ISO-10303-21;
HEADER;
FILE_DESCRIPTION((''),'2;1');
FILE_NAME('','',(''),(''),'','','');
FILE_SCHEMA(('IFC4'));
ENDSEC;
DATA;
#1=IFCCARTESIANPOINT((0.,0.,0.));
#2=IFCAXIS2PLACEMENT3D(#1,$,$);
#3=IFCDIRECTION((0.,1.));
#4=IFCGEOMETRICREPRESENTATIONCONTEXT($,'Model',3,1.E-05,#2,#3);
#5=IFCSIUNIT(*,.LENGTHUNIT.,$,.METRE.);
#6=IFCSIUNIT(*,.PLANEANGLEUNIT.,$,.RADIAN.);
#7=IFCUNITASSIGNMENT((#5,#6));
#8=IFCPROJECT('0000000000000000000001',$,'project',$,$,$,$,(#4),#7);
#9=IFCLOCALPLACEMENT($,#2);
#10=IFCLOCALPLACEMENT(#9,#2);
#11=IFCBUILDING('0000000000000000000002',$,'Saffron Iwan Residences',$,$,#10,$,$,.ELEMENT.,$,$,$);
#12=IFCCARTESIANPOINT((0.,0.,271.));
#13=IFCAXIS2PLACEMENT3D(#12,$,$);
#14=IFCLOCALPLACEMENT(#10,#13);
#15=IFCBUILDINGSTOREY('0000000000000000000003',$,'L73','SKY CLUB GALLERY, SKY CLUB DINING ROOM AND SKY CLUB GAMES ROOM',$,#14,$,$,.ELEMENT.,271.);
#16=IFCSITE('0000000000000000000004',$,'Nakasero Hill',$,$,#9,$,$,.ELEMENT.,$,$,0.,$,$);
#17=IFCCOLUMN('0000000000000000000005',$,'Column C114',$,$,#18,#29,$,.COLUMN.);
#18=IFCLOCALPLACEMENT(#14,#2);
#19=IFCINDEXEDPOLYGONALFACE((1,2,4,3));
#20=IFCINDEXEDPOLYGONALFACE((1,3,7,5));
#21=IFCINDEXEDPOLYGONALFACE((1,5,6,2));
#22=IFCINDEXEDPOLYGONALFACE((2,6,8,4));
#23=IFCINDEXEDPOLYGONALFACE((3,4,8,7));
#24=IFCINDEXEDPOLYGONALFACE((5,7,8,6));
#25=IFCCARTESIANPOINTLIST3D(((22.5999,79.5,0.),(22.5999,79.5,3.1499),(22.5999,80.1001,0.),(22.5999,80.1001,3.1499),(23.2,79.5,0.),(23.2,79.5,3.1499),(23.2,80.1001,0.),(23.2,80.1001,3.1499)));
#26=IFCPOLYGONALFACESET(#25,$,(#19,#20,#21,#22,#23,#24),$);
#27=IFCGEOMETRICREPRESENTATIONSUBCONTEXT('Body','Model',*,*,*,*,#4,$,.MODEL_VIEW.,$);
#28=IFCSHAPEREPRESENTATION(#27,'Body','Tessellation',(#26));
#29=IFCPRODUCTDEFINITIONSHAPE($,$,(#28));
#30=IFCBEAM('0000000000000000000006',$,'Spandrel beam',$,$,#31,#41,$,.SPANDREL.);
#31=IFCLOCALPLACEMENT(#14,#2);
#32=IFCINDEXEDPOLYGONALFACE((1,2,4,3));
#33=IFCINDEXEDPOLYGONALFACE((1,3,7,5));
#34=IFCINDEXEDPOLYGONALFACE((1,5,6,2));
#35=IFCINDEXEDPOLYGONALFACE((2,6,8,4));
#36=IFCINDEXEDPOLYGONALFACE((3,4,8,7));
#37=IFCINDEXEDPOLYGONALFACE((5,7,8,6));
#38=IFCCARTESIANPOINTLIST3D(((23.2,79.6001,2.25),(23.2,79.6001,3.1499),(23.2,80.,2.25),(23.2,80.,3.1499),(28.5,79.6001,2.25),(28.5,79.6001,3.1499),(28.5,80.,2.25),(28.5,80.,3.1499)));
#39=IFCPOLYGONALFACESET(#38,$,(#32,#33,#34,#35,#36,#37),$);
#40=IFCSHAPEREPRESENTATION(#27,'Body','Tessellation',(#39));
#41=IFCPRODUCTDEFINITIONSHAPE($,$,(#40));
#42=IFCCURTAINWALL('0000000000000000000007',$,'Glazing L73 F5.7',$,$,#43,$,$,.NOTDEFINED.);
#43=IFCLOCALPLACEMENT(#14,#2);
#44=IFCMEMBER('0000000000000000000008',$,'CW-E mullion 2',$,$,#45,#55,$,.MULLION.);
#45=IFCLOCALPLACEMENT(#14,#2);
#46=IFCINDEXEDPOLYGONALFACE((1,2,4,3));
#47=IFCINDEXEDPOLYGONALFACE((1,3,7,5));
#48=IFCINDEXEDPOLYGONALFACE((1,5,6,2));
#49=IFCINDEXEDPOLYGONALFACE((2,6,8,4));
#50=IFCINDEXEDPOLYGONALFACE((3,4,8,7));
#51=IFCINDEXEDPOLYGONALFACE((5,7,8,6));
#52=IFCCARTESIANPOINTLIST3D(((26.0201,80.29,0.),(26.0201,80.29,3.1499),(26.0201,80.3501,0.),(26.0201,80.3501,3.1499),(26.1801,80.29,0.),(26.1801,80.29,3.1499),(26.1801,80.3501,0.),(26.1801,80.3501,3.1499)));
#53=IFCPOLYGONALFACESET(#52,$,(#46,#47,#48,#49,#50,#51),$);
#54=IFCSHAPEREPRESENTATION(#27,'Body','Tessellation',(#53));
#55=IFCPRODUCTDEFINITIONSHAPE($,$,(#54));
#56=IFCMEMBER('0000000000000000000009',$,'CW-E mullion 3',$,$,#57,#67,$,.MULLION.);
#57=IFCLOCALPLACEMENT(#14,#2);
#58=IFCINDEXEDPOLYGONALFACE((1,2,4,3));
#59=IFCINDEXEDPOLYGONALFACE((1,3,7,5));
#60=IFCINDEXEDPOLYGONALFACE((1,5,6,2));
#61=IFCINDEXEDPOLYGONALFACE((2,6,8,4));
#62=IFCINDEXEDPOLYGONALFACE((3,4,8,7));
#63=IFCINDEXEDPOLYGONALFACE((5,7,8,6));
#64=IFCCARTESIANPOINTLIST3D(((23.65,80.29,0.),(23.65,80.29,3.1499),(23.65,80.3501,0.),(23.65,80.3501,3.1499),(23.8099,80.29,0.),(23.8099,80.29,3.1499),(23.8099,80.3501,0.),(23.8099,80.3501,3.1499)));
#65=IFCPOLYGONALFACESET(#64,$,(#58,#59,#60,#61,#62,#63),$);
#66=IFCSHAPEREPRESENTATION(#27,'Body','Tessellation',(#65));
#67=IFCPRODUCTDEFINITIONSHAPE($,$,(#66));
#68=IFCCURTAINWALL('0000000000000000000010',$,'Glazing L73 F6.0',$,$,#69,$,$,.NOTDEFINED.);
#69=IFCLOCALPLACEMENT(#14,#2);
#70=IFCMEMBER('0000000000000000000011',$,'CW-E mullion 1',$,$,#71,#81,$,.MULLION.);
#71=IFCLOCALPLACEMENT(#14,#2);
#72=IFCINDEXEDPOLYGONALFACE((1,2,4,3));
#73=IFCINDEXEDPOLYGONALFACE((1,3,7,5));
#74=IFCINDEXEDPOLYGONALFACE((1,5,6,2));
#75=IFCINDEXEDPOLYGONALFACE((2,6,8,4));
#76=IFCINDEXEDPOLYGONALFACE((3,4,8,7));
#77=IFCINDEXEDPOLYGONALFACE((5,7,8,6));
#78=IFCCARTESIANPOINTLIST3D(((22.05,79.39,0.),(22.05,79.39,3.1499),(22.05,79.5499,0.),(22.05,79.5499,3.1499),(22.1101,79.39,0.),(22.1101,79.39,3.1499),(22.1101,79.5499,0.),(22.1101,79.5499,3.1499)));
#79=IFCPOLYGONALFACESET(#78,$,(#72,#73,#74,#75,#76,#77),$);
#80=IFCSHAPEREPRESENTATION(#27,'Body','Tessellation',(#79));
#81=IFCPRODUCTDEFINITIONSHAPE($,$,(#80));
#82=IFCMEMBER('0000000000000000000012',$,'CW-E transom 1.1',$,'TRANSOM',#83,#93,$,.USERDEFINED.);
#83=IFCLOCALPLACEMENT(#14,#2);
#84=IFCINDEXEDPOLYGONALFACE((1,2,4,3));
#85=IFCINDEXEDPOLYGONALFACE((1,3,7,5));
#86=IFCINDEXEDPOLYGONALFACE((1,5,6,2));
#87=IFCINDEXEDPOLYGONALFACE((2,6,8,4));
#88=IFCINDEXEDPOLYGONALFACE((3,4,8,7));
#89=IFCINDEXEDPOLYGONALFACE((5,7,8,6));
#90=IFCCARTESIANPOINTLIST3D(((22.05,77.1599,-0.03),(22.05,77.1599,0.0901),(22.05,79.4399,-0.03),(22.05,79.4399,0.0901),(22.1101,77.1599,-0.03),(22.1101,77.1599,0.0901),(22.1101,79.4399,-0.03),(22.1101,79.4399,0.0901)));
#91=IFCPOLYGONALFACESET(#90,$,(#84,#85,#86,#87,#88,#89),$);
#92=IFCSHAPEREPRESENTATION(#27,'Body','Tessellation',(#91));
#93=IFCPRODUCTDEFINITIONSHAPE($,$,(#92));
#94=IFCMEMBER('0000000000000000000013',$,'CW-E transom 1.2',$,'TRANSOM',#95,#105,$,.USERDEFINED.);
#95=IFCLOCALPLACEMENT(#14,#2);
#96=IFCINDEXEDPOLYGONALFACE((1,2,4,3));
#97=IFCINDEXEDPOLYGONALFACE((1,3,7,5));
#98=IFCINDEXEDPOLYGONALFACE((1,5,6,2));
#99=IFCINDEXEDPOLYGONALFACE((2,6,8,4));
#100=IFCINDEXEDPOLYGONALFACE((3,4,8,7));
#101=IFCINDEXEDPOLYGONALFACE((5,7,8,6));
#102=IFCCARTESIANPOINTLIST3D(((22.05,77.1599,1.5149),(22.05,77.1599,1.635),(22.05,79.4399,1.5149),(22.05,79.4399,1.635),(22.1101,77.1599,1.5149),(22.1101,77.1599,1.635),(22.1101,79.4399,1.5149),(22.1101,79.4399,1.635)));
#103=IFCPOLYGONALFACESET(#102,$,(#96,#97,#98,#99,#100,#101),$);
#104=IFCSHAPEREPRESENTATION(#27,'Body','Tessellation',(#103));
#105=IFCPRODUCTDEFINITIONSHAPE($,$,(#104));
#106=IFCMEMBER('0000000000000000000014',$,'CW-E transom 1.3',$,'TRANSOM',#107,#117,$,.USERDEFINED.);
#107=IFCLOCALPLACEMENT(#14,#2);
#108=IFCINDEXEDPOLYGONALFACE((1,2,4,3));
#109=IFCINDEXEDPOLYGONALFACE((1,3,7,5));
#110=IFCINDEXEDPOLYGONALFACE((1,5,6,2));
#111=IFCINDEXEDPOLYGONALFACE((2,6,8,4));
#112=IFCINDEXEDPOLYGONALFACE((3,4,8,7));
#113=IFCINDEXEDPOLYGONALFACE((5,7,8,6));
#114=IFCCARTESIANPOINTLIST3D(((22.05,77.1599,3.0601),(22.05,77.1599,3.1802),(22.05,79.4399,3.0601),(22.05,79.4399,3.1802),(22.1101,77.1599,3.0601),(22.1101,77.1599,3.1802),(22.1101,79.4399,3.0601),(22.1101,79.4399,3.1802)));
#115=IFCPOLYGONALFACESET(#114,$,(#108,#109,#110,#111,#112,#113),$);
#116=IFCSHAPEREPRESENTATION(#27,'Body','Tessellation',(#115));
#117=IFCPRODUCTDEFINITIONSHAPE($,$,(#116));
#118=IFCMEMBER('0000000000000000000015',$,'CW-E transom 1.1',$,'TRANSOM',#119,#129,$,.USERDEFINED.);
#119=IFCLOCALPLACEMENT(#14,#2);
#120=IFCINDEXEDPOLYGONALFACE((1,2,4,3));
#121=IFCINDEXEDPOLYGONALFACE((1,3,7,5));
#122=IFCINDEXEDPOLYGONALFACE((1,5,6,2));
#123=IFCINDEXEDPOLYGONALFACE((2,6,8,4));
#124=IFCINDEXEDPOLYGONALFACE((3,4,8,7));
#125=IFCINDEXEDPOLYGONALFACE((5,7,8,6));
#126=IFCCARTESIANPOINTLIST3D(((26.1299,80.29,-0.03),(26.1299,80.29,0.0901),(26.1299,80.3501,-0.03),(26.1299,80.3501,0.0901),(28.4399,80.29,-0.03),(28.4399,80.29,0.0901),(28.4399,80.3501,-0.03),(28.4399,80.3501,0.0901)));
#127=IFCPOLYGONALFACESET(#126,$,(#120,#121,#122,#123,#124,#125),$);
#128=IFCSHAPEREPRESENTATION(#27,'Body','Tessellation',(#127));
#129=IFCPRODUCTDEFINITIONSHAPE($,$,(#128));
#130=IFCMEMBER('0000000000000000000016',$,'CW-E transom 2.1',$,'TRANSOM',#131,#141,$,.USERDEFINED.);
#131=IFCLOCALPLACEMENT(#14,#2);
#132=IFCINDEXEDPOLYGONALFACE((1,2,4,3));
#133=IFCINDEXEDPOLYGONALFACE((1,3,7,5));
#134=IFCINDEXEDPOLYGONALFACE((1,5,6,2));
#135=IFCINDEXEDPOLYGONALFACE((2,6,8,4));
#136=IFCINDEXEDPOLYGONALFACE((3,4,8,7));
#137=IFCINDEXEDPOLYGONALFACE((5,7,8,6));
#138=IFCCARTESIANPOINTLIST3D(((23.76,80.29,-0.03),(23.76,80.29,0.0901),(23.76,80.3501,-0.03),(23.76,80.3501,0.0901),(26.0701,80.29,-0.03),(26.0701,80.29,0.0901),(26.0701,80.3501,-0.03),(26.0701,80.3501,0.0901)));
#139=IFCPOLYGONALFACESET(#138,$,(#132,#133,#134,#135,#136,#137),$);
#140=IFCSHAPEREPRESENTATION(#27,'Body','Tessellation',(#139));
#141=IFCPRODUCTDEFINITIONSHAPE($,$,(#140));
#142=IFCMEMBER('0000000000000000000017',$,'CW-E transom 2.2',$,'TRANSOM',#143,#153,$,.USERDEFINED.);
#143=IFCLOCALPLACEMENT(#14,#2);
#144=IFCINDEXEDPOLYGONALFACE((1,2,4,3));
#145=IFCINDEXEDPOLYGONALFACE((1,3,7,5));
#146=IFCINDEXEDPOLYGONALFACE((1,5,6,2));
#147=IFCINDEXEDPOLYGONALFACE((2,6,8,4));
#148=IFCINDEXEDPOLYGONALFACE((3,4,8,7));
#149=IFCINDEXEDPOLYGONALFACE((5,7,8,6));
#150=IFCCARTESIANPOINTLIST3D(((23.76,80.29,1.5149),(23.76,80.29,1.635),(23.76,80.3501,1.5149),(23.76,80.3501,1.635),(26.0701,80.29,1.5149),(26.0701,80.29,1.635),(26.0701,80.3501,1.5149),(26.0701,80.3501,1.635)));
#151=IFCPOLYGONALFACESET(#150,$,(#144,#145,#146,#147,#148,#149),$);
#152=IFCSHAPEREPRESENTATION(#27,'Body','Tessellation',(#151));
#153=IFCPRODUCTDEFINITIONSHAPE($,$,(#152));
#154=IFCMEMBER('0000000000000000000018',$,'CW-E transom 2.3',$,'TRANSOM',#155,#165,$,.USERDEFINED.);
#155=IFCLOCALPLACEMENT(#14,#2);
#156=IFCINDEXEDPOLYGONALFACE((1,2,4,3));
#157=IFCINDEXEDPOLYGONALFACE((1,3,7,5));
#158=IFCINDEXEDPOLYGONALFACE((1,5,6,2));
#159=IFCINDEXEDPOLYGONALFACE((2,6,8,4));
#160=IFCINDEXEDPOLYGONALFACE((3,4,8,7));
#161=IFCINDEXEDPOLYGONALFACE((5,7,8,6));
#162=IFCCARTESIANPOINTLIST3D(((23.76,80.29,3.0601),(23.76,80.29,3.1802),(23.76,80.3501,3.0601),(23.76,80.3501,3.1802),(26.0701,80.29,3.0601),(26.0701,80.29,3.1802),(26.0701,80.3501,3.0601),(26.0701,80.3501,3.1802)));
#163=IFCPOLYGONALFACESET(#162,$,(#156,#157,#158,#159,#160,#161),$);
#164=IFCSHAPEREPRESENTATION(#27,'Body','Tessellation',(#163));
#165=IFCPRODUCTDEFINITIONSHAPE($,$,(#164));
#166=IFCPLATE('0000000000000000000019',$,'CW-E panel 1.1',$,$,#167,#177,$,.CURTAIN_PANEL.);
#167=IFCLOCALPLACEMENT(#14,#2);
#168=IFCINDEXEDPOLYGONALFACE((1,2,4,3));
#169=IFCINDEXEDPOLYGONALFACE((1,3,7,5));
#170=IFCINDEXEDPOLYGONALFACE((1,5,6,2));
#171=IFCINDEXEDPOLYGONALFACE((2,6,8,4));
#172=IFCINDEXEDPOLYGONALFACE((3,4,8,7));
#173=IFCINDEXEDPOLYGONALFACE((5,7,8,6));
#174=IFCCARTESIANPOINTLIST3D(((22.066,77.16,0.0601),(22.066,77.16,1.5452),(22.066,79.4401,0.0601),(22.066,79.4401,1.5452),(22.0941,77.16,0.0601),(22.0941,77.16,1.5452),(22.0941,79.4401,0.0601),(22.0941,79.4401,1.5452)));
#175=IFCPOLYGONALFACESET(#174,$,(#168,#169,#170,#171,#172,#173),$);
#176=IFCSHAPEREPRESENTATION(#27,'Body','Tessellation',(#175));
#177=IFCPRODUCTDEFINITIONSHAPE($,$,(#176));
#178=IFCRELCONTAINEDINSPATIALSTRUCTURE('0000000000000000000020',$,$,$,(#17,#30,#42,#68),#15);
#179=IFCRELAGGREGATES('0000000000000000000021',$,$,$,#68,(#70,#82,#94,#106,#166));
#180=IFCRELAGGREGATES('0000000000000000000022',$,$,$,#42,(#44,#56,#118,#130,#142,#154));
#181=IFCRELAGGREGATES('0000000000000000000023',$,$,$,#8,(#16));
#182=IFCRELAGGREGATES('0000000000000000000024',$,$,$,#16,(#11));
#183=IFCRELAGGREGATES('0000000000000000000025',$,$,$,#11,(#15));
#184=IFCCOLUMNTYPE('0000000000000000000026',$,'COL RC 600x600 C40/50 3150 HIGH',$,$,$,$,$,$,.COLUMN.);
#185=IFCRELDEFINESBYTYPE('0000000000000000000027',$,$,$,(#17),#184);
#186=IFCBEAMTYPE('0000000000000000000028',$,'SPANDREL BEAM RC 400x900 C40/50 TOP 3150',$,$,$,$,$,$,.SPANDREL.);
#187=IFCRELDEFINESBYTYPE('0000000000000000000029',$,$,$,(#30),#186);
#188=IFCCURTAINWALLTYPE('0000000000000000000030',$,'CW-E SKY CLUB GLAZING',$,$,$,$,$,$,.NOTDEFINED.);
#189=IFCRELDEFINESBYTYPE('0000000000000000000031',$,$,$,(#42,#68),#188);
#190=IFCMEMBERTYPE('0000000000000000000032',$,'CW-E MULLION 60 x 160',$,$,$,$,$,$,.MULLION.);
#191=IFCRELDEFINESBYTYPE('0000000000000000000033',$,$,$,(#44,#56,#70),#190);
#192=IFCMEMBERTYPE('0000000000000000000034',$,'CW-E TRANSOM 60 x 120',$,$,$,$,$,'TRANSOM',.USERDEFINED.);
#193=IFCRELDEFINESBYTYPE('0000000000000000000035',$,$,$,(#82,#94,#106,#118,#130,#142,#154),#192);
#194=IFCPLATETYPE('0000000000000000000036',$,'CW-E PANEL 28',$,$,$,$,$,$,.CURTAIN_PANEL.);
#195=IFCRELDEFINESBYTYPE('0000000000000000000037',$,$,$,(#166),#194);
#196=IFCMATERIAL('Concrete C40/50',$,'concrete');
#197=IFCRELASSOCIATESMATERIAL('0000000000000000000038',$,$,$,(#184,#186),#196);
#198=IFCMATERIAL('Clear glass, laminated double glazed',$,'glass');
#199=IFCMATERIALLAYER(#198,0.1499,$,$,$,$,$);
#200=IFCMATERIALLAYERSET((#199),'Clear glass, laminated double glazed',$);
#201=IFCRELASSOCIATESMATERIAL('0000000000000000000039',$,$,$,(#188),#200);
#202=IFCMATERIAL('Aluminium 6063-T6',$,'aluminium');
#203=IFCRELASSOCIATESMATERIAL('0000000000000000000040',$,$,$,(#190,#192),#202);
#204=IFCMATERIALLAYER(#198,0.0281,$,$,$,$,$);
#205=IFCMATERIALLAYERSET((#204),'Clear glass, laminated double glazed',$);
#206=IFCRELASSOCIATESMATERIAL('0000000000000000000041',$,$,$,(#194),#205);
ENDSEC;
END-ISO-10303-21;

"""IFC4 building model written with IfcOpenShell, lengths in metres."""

from ifc_helpers import new_model, si_unit, direction, frame, origin, origin_2d, place, context, subcontext, project, spatial, rectangle, extrude, source, transform, mapped, material, layer, layer_set, material_profile, profile_set, type_object, element, aggregate, save


model = new_model("IFC4")

# Units and contexts
model_context = context("Model", 3, precision=1e-05, world=origin(), true_north=direction((0.0, 1.0)))
body_context = subcontext(model_context, "Body", "Model", "MODEL_VIEW")
ifc_project = project(units=[si_unit("LENGTHUNIT", "METRE"), si_unit("PLANEANGLEUNIT", "RADIAN")], contexts=[model_context])

# Site, building, storey
site_placement = place(None, origin())
site = spatial("IfcSite", under=ifc_project, at=site_placement, Name="Nakasero Hill", CompositionType="ELEMENT", RefElevation=0.0)
building_placement = place(site_placement, origin())
building = spatial("IfcBuilding", under=site, at=building_placement, Name="Saffron Iwan Residences", CompositionType="ELEMENT")
storey_placement = place(building_placement, frame((0.0, 0.0, 271.0)))
storey = spatial("IfcBuildingStorey", under=building, at=storey_placement, Name="L73", Description="SKY CLUB GALLERY, SKY CLUB DINING ROOM AND SKY CLUB GAMES ROOM", CompositionType="ELEMENT", Elevation=271.0)

# Column
ifc_material_1 = material(Name="Concrete C40/50", Category="concrete")
ifc_material_profile_1 = material_profile(ifc_material_1, rectangle(XDim=0.6001, YDim=0.6001, at=origin_2d()), Name="RC 600x600")
ifc_profile_set_1 = profile_set([ifc_material_profile_1], Name="Concrete C40/50")
column_type = type_object("IfcColumnType", Name="COL RC 600x600 C40/50 3150 HIGH", PredefinedType="COLUMN", material=ifc_profile_set_1)
shared_shape_1 = source(origin(), body_context, "Body", "SweptSolid", [
    extrude(rectangle(XDim=0.6001, YDim=0.6001, at=origin_2d()), origin(), (0.0, 0.0, 1.0), 3.1499),
])
column_placement = place(storey_placement, frame((22.8999, 79.8, 0.0), z_axis=(0.0, 0.0, 1.0), x_axis=(1.0, 0.0, 0.0)))
element("IfcColumn", 1, at=column_placement, inside=storey, type_object=column_type, Name="Column C114", PredefinedType="COLUMN", context=body_context, shape_type="MappedRepresentation", body=[
    mapped(shared_shape_1, transform((0.0, 0.0, 0.0))),
])

# Beam
ifc_material_profile_2 = material_profile(ifc_material_1, rectangle(XDim=0.3999, YDim=0.8999, at=origin_2d()), Name="RC 400x900")
ifc_profile_set_2 = profile_set([ifc_material_profile_2], Name="Concrete C40/50")
beam_type = type_object("IfcBeamType", Name="SPANDREL BEAM RC 400x900 C40/50 TOP 3150", PredefinedType="SPANDREL", material=ifc_profile_set_2)
shared_shape_2 = source(origin(), body_context, "Body", "SweptSolid", [
    extrude(rectangle(XDim=0.3999, YDim=0.8999, at=origin_2d()), origin(), (0.0, 0.0, 1.0), 5.3),
])
beam_placement = place(storey_placement, frame((23.2, 79.8, 2.7), z_axis=(1.0, 0.0, 0.0), x_axis=(0.0, 1.0, 0.0)))
element("IfcBeam", 2, at=beam_placement, inside=storey, type_object=beam_type, Name="Spandrel beam", PredefinedType="SPANDREL", context=body_context, shape_type="MappedRepresentation", body=[
    mapped(shared_shape_2, transform((0.0, 0.0, 0.0))),
])

# Curtain walls, members
ifc_material_2 = material(Name="Clear glass, laminated double glazed", Category="glass")
ifc_layer_1 = layer(ifc_material_2, 0.1499)
ifc_layer_set_1 = layer_set([ifc_layer_1], Name="Clear glass, laminated double glazed")
curtain_wall_type = type_object("IfcCurtainWallType", Name="CW-E SKY CLUB GLAZING", PredefinedType="NOTDEFINED", material=ifc_layer_set_1)
curtain_wall_1_placement = place(storey_placement, origin())
curtain_wall_1 = element("IfcCurtainWall", 3, at=curtain_wall_1_placement, inside=storey, type_object=curtain_wall_type, Name="Glazing L73 F5.7", PredefinedType="NOTDEFINED")
ifc_material_3 = material(Name="Aluminium 6063-T6", Category="aluminium")
ifc_material_profile_3 = material_profile(ifc_material_3, rectangle(XDim=0.0601, YDim=0.1599, at=origin_2d()), Name="CW-E MULLION 60 x 160")
ifc_profile_set_3 = profile_set([ifc_material_profile_3], Name="Aluminium 6063-T6")
member_type_1 = type_object("IfcMemberType", Name="CW-E MULLION 60 x 160", PredefinedType="MULLION", material=ifc_profile_set_3)
shared_shape_3 = source(origin(), body_context, "Body", "SweptSolid", [
    extrude(rectangle(XDim=0.0601, YDim=0.1599, at=origin_2d()), origin(), (0.0, 0.0, 1.0), 3.1499),
])
member_1_placement = place(storey_placement, frame((26.1001, 80.3201, 0.0), z_axis=(0.0, 0.0, 1.0), x_axis=(0.0, -1.0, 0.0)))
member_1 = element("IfcMember", 4, at=member_1_placement, type_object=member_type_1, Name="CW-E mullion 2", PredefinedType="MULLION", context=body_context, shape_type="MappedRepresentation", body=[
    mapped(shared_shape_3, transform((0.0, 0.0, 0.0))),
])
member_2_placement = place(storey_placement, frame((23.73, 80.3201, 0.0), z_axis=(0.0, 0.0, 1.0), x_axis=(0.0, -1.0, 0.0)))
member_2 = element("IfcMember", 5, at=member_2_placement, type_object=member_type_1, Name="CW-E mullion 3", PredefinedType="MULLION", context=body_context, shape_type="MappedRepresentation", body=[
    mapped(shared_shape_3, transform((0.0, 0.0, 0.0))),
])
curtain_wall_2_placement = place(storey_placement, origin())
curtain_wall_2 = element("IfcCurtainWall", 6, at=curtain_wall_2_placement, inside=storey, type_object=curtain_wall_type, Name="Glazing L73 F6.0", PredefinedType="NOTDEFINED")
member_3_placement = place(storey_placement, frame((22.0801, 79.47, 0.0), z_axis=(0.0, 0.0, 1.0), x_axis=(1.0, 0.0, 0.0)))
member_3 = element("IfcMember", 7, at=member_3_placement, type_object=member_type_1, Name="CW-E mullion 1", PredefinedType="MULLION", context=body_context, shape_type="MappedRepresentation", body=[
    mapped(shared_shape_3, transform((0.0, 0.0, 0.0))),
])
ifc_material_profile_4 = material_profile(ifc_material_3, rectangle(XDim=0.0601, YDim=0.1201, at=origin_2d()), Name="CW-E TRANSOM 60 x 120")
ifc_profile_set_4 = profile_set([ifc_material_profile_4], Name="Aluminium 6063-T6")
member_type_2 = type_object("IfcMemberType", Name="CW-E TRANSOM 60 x 120", ElementType="TRANSOM", PredefinedType="USERDEFINED", material=ifc_profile_set_4)
shared_shape_4 = source(origin(), body_context, "Body", "SweptSolid", [
    extrude(rectangle(XDim=0.0601, YDim=0.1201, at=origin_2d()), origin(), (0.0, 0.0, 1.0), 2.28),
])
member_4_placement = place(storey_placement, frame((22.0801, 79.4399, 0.03), z_axis=(0.0, -1.0, 0.0), x_axis=(1.0, 0.0, 0.0)))
member_4 = element("IfcMember", 8, at=member_4_placement, type_object=member_type_2, Name="CW-E transom 1.1", ObjectType="TRANSOM", PredefinedType="USERDEFINED", context=body_context, shape_type="MappedRepresentation", body=[
    mapped(shared_shape_4, transform((0.0, 0.0, 0.0))),
])
member_5_placement = place(storey_placement, frame((22.0801, 79.4399, 1.575), z_axis=(0.0, -1.0, 0.0), x_axis=(1.0, 0.0, 0.0)))
member_5 = element("IfcMember", 9, at=member_5_placement, type_object=member_type_2, Name="CW-E transom 1.2", ObjectType="TRANSOM", PredefinedType="USERDEFINED", context=body_context, shape_type="MappedRepresentation", body=[
    mapped(shared_shape_4, transform((0.0, 0.0, 0.0))),
])
member_6_placement = place(storey_placement, frame((22.0801, 79.4399, 3.1201), z_axis=(0.0, -1.0, 0.0), x_axis=(1.0, 0.0, 0.0)))
member_6 = element("IfcMember", 10, at=member_6_placement, type_object=member_type_2, Name="CW-E transom 1.3", ObjectType="TRANSOM", PredefinedType="USERDEFINED", context=body_context, shape_type="MappedRepresentation", body=[
    mapped(shared_shape_4, transform((0.0, 0.0, 0.0))),
])

# Members
shared_shape_5 = source(origin(), body_context, "Body", "SweptSolid", [
    extrude(rectangle(XDim=0.0601, YDim=0.1201, at=origin_2d()), origin(), (0.0, 0.0, 1.0), 2.3101),
])
member_7_placement = place(storey_placement, frame((28.4399, 80.3201, 0.03), z_axis=(-1.0, 0.0, 0.0), x_axis=(0.0, -1.0, 0.0)))
member_7 = element("IfcMember", 11, at=member_7_placement, type_object=member_type_2, Name="CW-E transom 1.1", ObjectType="TRANSOM", PredefinedType="USERDEFINED", context=body_context, shape_type="MappedRepresentation", body=[
    mapped(shared_shape_5, transform((0.0, 0.0, 0.0))),
])
member_8_placement = place(storey_placement, frame((26.0701, 80.3201, 0.03), z_axis=(-1.0, 0.0, 0.0), x_axis=(0.0, -1.0, 0.0)))
member_8 = element("IfcMember", 12, at=member_8_placement, type_object=member_type_2, Name="CW-E transom 2.1", ObjectType="TRANSOM", PredefinedType="USERDEFINED", context=body_context, shape_type="MappedRepresentation", body=[
    mapped(shared_shape_5, transform((0.0, 0.0, 0.0))),
])
member_9_placement = place(storey_placement, frame((26.0701, 80.3201, 1.575), z_axis=(-1.0, 0.0, 0.0), x_axis=(0.0, -1.0, 0.0)))
member_9 = element("IfcMember", 13, at=member_9_placement, type_object=member_type_2, Name="CW-E transom 2.2", ObjectType="TRANSOM", PredefinedType="USERDEFINED", context=body_context, shape_type="MappedRepresentation", body=[
    mapped(shared_shape_5, transform((0.0, 0.0, 0.0))),
])
member_10_placement = place(storey_placement, frame((26.0701, 80.3201, 3.1201), z_axis=(-1.0, 0.0, 0.0), x_axis=(0.0, -1.0, 0.0)))
member_10 = element("IfcMember", 14, at=member_10_placement, type_object=member_type_2, Name="CW-E transom 2.3", ObjectType="TRANSOM", PredefinedType="USERDEFINED", context=body_context, shape_type="MappedRepresentation", body=[
    mapped(shared_shape_5, transform((0.0, 0.0, 0.0))),
])

# Plate
ifc_layer_2 = layer(ifc_material_2, 0.0281)
ifc_layer_set_2 = layer_set([ifc_layer_2], Name="Clear glass, laminated double glazed")
plate_type = type_object("IfcPlateType", Name="CW-E PANEL 28", PredefinedType="CURTAIN_PANEL", material=ifc_layer_set_2)
shared_shape_6 = source(origin(), body_context, "Body", "SweptSolid", [
    extrude(rectangle(XDim=2.28, YDim=0.0281, at=origin_2d()), origin(), (0.0, 0.0, 1.0), 1.4851),
])
plate_1_placement = place(storey_placement, frame((22.0801, 78.3, 0.0601), z_axis=(0.0, 0.0, 1.0), x_axis=(0.0, -1.0, 0.0)))
plate_1 = element("IfcPlate", 15, at=plate_1_placement, type_object=plate_type, Name="CW-E panel 1.1", PredefinedType="CURTAIN_PANEL", context=body_context, shape_type="MappedRepresentation", body=[
    mapped(shared_shape_6, transform((0.0, 0.0, 0.0))),
])
aggregate(curtain_wall_2, [member_3, member_4, member_5, member_6, plate_1])
aggregate(curtain_wall_1, [member_1, member_2, member_7, member_8, member_9, member_10])

save(model, "model.ifc")
